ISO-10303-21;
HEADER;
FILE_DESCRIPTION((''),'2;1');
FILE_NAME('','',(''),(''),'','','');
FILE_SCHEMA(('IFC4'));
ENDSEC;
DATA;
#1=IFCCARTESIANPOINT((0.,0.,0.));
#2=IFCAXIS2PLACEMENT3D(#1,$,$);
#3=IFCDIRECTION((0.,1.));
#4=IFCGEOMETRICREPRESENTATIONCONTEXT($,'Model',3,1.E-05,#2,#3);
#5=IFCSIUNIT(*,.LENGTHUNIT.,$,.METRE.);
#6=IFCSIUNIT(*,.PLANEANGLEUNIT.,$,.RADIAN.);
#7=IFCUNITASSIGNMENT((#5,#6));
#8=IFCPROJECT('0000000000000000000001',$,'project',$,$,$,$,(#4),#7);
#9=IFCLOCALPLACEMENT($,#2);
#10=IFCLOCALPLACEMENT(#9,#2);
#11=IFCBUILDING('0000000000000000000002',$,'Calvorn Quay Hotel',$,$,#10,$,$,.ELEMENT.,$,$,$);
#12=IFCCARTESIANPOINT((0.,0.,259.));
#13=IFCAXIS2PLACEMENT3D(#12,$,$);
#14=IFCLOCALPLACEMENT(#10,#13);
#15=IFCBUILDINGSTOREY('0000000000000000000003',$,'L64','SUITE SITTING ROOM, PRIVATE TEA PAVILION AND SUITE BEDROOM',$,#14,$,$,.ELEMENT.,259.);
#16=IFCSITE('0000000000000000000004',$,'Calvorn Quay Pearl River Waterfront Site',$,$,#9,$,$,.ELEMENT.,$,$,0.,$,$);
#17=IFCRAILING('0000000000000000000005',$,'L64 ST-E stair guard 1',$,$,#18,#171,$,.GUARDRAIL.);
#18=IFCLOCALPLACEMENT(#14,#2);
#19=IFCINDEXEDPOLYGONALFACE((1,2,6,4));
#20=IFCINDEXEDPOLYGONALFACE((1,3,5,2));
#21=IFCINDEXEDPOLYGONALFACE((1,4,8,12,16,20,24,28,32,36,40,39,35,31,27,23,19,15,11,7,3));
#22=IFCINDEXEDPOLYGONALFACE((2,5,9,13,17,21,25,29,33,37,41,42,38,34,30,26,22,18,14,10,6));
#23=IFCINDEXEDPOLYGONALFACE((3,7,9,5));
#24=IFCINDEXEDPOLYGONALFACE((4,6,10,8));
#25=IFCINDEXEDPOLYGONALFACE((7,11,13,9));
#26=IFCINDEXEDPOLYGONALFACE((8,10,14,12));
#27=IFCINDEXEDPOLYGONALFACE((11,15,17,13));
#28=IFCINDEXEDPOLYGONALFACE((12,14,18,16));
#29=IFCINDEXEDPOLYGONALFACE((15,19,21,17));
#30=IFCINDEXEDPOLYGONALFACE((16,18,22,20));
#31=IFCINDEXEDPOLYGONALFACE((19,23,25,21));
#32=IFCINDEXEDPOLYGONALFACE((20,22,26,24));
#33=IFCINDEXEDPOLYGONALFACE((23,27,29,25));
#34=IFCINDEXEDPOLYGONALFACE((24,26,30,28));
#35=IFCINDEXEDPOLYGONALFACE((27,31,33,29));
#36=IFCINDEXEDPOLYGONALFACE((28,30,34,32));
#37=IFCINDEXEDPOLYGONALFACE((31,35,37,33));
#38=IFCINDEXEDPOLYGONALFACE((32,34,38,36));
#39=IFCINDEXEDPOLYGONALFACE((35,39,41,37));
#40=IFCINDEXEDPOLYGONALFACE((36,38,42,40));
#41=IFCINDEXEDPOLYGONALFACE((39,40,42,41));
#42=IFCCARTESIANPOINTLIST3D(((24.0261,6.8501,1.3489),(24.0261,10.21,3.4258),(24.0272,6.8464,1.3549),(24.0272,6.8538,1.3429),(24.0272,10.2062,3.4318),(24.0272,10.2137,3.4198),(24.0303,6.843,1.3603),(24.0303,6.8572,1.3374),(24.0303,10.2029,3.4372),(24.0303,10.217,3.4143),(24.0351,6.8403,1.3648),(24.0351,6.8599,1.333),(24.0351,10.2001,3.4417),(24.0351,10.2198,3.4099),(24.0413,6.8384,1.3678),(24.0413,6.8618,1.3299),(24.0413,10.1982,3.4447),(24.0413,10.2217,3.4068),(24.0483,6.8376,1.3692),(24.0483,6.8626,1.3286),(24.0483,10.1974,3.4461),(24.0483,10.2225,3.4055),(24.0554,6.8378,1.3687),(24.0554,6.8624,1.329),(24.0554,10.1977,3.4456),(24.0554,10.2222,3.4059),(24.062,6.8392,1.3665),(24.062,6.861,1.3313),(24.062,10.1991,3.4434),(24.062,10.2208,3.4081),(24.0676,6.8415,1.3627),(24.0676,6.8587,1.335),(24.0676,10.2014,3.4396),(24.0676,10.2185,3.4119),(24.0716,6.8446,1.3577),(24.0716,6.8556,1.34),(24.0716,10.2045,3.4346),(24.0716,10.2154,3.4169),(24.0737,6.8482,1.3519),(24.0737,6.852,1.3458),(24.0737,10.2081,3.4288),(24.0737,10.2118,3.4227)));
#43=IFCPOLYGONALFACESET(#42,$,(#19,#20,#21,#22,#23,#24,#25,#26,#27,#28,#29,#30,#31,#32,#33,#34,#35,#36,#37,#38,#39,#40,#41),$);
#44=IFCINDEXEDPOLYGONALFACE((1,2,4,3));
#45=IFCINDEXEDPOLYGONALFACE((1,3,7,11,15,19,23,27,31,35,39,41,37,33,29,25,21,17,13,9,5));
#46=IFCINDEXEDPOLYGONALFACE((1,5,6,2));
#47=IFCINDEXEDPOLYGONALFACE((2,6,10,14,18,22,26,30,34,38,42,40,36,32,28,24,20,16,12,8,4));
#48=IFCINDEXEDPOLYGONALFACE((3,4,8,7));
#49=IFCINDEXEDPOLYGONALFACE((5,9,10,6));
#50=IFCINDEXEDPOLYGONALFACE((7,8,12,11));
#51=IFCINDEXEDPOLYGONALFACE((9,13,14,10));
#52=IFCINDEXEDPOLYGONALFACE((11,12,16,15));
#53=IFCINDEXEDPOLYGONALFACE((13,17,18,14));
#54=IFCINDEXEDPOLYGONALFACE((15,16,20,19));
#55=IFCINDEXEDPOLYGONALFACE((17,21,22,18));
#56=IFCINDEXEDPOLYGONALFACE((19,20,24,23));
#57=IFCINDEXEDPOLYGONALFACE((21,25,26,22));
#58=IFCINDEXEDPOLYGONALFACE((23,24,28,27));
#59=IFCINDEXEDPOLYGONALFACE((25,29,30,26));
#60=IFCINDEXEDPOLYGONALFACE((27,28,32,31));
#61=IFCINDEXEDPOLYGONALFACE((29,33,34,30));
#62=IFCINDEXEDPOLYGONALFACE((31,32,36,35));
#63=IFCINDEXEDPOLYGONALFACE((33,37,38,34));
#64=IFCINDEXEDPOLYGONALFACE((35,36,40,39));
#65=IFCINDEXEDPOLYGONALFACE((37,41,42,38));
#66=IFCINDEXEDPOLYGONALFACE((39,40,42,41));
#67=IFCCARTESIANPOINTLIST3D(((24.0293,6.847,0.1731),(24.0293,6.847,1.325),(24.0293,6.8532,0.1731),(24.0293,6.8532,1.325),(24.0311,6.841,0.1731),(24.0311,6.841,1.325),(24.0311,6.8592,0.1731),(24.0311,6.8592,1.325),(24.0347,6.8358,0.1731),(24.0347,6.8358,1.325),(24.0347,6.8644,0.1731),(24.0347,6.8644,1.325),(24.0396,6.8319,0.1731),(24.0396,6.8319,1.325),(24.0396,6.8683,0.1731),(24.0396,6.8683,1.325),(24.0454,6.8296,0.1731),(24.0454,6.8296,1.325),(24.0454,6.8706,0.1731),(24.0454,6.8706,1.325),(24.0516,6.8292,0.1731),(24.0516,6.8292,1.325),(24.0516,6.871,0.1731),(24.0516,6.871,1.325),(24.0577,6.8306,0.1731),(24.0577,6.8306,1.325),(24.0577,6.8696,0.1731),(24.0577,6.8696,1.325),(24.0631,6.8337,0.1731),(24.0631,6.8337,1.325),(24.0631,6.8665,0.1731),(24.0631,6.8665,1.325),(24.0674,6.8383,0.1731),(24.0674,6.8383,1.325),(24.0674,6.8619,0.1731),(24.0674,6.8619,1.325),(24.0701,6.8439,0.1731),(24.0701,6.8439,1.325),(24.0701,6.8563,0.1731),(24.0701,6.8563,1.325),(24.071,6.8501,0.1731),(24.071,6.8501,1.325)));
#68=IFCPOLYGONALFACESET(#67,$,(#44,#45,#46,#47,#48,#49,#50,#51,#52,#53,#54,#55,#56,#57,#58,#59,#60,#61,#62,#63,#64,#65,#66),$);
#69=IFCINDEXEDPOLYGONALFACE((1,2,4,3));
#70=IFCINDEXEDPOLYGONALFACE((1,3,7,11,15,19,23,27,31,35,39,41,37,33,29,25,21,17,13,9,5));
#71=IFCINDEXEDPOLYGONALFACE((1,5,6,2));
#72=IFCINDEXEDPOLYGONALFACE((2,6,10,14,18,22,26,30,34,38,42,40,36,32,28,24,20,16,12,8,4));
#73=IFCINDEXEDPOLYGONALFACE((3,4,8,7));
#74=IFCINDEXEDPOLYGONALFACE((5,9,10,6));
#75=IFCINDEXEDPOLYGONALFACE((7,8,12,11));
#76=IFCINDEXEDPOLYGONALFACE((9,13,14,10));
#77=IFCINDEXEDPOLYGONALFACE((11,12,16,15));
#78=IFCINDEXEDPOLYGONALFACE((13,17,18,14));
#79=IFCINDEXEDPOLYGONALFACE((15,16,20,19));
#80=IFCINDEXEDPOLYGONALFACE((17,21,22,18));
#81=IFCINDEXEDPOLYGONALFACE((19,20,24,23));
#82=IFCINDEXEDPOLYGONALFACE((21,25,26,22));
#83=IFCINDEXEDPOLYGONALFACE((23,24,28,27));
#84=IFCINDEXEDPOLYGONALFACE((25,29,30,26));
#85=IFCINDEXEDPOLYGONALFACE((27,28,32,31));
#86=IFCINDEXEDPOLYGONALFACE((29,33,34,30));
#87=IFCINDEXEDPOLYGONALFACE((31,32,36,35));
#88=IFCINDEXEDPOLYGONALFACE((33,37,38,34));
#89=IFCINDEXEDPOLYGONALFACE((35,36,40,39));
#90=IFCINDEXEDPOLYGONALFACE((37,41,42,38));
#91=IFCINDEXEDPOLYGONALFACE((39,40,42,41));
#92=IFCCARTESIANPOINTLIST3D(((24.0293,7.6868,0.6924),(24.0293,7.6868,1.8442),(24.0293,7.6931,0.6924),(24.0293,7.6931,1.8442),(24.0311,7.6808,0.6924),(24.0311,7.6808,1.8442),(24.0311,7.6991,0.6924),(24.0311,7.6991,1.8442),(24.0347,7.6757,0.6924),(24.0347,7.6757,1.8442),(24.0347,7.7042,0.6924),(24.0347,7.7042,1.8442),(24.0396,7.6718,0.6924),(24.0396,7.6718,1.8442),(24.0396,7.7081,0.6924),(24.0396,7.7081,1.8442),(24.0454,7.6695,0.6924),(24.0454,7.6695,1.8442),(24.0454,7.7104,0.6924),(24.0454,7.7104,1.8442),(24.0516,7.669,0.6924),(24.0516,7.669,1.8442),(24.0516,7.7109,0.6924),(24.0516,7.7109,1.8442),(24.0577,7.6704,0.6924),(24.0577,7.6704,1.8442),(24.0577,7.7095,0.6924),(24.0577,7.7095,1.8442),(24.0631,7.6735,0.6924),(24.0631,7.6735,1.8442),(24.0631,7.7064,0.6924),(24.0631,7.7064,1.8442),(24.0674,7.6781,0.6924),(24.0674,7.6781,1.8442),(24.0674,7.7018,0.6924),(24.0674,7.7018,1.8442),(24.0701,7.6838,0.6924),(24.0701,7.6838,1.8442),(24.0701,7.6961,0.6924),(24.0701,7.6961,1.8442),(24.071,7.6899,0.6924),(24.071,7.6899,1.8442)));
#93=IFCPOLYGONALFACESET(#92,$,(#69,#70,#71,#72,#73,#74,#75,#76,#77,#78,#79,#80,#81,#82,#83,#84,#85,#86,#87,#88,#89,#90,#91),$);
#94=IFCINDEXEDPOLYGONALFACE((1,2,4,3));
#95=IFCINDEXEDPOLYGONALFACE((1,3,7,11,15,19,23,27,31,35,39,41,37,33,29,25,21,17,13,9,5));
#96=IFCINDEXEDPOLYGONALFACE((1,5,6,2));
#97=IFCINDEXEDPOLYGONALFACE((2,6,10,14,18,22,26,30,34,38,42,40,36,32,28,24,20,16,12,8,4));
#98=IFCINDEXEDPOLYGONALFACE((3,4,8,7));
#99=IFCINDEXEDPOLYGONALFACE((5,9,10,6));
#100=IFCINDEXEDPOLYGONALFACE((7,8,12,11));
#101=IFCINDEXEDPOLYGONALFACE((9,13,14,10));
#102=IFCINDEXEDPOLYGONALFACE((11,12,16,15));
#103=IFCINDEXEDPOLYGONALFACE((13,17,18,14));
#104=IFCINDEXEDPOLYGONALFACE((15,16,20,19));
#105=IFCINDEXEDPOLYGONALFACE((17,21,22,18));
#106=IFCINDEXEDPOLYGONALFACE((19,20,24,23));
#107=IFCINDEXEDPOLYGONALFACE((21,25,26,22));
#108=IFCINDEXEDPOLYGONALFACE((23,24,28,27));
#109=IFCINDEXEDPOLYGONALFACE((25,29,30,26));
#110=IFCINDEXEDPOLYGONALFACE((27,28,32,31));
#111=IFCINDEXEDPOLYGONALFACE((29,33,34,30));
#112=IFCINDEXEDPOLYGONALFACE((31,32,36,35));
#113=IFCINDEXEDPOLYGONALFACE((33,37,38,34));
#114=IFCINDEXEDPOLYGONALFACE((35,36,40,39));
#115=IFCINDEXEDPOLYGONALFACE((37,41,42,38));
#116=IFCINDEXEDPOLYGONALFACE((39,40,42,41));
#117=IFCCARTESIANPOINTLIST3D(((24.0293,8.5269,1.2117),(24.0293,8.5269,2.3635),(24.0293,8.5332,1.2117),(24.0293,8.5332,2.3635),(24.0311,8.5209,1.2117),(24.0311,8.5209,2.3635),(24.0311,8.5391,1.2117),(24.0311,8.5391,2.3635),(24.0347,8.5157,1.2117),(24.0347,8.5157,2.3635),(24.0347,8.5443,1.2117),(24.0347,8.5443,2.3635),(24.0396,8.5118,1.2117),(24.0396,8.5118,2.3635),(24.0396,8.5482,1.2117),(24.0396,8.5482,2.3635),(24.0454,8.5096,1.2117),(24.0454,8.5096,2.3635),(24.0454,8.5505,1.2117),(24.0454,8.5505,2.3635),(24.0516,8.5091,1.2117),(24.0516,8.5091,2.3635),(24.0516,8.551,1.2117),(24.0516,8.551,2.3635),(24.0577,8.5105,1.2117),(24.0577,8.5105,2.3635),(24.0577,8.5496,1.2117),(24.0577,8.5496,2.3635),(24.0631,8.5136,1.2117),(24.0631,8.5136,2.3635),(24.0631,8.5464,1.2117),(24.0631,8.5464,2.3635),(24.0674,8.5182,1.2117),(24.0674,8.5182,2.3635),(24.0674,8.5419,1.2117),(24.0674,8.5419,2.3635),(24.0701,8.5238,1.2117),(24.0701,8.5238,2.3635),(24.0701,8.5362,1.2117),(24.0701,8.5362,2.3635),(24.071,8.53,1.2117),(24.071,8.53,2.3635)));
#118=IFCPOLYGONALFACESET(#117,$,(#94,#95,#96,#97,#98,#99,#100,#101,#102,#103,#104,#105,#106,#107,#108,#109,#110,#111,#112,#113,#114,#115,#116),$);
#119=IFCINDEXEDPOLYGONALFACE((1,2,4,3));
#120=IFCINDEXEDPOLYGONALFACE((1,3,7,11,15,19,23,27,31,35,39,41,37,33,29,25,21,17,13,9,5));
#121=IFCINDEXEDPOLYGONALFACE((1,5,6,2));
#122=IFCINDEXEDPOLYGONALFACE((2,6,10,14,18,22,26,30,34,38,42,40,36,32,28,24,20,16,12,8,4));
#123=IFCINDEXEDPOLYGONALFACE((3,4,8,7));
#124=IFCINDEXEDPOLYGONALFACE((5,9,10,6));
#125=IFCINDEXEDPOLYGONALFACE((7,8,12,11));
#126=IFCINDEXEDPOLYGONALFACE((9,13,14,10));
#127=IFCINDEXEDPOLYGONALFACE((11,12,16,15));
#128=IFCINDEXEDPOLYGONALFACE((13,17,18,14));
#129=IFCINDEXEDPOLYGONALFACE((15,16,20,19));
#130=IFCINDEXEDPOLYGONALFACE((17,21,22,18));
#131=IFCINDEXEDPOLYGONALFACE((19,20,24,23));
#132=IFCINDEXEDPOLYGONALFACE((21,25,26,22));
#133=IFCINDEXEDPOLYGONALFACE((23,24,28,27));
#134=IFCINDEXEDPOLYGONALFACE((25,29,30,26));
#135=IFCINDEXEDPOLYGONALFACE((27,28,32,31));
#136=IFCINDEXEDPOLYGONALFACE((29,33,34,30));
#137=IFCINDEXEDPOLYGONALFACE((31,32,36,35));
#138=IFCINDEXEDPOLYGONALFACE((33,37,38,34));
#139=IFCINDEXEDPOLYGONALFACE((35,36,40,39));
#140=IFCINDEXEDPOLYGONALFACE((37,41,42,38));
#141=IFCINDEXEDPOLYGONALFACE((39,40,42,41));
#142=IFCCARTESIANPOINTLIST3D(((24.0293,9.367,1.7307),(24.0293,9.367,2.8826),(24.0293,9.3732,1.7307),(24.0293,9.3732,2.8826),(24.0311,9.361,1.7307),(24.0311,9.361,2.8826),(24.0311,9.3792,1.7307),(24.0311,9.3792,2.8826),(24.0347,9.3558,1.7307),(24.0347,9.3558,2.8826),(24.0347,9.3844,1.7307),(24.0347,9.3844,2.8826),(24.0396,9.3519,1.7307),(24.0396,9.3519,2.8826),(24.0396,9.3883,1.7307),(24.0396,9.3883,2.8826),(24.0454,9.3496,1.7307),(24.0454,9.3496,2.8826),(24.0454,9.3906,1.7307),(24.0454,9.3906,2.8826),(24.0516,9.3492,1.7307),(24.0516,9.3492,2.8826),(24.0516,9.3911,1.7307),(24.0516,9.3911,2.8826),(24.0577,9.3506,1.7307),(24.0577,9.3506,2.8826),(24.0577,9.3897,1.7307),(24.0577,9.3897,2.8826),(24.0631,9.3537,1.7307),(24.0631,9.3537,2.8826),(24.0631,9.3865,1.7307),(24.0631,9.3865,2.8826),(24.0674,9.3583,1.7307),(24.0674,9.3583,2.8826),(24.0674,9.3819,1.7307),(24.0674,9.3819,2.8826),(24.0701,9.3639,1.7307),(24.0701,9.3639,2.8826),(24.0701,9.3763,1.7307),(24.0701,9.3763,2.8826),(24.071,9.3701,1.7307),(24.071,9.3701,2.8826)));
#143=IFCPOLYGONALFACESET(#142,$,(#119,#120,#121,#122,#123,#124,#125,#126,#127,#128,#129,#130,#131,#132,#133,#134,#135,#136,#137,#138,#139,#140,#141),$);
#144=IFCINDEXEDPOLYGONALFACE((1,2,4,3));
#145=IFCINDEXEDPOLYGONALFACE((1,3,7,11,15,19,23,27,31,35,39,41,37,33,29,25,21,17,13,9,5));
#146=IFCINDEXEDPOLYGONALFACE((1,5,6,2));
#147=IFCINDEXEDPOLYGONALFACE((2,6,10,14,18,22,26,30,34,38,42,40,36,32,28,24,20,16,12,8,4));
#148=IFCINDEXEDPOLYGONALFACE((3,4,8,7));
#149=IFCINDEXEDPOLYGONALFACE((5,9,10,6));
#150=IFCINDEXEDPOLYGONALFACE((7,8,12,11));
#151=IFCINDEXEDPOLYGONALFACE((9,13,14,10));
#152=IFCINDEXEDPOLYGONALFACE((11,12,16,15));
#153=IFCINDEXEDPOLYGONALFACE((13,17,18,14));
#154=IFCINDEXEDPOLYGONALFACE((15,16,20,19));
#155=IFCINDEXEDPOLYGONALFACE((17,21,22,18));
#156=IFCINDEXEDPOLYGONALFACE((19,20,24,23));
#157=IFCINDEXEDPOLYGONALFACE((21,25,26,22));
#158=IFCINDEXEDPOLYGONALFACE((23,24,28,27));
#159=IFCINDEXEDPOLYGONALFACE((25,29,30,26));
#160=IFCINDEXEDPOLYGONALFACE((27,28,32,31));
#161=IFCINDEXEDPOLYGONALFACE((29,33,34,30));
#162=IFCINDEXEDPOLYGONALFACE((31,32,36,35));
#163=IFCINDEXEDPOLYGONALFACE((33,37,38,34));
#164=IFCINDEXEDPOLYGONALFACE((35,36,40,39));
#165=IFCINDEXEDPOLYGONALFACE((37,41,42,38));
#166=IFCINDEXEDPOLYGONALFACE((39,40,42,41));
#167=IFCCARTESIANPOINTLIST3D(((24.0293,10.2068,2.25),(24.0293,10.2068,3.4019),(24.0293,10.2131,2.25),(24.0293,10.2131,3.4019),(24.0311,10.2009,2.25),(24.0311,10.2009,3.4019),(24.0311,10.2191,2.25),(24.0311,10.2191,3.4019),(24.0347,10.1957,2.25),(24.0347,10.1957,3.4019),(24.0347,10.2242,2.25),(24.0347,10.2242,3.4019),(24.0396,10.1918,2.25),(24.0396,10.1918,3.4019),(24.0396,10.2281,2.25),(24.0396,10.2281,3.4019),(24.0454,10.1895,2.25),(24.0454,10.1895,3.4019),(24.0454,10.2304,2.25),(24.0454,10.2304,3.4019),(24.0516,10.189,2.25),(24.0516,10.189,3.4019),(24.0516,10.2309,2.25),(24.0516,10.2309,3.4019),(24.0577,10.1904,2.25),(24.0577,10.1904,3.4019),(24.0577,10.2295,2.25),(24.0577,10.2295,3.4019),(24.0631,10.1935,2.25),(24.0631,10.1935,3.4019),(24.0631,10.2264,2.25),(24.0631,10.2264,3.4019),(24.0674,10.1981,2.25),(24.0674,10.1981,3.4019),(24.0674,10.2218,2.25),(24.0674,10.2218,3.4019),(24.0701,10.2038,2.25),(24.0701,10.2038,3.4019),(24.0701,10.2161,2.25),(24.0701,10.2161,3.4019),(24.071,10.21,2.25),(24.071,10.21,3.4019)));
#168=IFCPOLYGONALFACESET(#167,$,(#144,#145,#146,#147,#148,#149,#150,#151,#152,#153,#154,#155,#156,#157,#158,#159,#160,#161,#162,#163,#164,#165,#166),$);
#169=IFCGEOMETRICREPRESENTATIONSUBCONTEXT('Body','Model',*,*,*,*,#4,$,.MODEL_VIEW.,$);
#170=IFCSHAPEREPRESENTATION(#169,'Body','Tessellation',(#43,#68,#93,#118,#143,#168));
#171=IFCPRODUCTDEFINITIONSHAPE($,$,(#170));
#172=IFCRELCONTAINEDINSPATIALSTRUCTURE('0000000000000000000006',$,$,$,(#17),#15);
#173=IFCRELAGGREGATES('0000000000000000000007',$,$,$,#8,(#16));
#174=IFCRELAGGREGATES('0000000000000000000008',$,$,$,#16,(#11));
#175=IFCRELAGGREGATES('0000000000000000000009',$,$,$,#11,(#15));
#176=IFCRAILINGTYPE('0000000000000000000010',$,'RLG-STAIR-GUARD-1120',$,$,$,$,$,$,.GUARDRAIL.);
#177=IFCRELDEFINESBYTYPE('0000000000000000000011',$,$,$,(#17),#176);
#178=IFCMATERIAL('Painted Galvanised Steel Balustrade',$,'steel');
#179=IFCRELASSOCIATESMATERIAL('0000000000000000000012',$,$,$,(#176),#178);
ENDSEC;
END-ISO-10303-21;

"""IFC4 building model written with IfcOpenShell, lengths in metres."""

from ifc_helpers import new_model, si_unit, direction, frame, origin, origin_2d, place, context, subcontext, project, spatial, circle, extrude, material, type_object, element, save


model = new_model("IFC4")

# Units and contexts
model_context = context("Model", 3, precision=1e-05, world=origin(), true_north=direction((0.0, 1.0)))
body_context = subcontext(model_context, "Body", "Model", "MODEL_VIEW")
ifc_project = project(units=[si_unit("LENGTHUNIT", "METRE"), si_unit("PLANEANGLEUNIT", "RADIAN")], contexts=[model_context])

# Site, building, storey
site_placement = place(None, origin())
site = spatial("IfcSite", under=ifc_project, at=site_placement, Name="Calvorn Quay Pearl River Waterfront Site", CompositionType="ELEMENT", RefElevation=0.0)
building_placement = place(site_placement, origin())
building = spatial("IfcBuilding", under=site, at=building_placement, Name="Calvorn Quay Hotel", CompositionType="ELEMENT")
storey_placement = place(building_placement, frame((0.0, 0.0, 259.0)))
storey = spatial("IfcBuildingStorey", under=building, at=storey_placement, Name="L64", Description="SUITE SITTING ROOM, PRIVATE TEA PAVILION AND SUITE BEDROOM", CompositionType="ELEMENT", Elevation=259.0)

# Railing
ifc_material_1 = material(Name="Painted Galvanised Steel Balustrade", Category="steel")
railing_type_1 = type_object("IfcRailingType", Name="RLG-STAIR-GUARD-1120", PredefinedType="GUARDRAIL", material=ifc_material_1)
railing_1_placement = place(storey_placement, frame((24.05, 6.8501, 0.1731)))
element("IfcRailing", 1, at=railing_1_placement, inside=storey, type_object=railing_type_1, Name="L64 ST-E stair guard 1", PredefinedType="GUARDRAIL", context=body_context, shape_type="SweptSolid", body=[
    extrude(circle(Radius=0.0239, at=origin_2d()), frame((0.0, 0.0, 1.1758), z_axis=(0.0, 0.850606, 0.525803), x_axis=(-1.0, 0.0, 0.0)), (0.0, 0.0, 1.0), 3.95),
    extrude(circle(Radius=0.021, at=origin_2d()), origin(), (0.0, 0.0, 1.0), 1.1519),
    extrude(circle(Radius=0.021, at=origin_2d()), frame((0.0, 0.8398, 0.5193)), (0.0, 0.0, 1.0), 1.1519),
    extrude(circle(Radius=0.021, at=origin_2d()), frame((0.0, 1.6799, 1.0386)), (0.0, 0.0, 1.0), 1.1519),
    extrude(circle(Radius=0.021, at=origin_2d()), frame((0.0, 2.52, 1.5576)), (0.0, 0.0, 1.0), 1.1519),
    extrude(circle(Radius=0.021, at=origin_2d()), frame((0.0, 3.3599, 2.0769)), (0.0, 0.0, 1.0), 1.1519),
])

save(model, "model.ifc")
